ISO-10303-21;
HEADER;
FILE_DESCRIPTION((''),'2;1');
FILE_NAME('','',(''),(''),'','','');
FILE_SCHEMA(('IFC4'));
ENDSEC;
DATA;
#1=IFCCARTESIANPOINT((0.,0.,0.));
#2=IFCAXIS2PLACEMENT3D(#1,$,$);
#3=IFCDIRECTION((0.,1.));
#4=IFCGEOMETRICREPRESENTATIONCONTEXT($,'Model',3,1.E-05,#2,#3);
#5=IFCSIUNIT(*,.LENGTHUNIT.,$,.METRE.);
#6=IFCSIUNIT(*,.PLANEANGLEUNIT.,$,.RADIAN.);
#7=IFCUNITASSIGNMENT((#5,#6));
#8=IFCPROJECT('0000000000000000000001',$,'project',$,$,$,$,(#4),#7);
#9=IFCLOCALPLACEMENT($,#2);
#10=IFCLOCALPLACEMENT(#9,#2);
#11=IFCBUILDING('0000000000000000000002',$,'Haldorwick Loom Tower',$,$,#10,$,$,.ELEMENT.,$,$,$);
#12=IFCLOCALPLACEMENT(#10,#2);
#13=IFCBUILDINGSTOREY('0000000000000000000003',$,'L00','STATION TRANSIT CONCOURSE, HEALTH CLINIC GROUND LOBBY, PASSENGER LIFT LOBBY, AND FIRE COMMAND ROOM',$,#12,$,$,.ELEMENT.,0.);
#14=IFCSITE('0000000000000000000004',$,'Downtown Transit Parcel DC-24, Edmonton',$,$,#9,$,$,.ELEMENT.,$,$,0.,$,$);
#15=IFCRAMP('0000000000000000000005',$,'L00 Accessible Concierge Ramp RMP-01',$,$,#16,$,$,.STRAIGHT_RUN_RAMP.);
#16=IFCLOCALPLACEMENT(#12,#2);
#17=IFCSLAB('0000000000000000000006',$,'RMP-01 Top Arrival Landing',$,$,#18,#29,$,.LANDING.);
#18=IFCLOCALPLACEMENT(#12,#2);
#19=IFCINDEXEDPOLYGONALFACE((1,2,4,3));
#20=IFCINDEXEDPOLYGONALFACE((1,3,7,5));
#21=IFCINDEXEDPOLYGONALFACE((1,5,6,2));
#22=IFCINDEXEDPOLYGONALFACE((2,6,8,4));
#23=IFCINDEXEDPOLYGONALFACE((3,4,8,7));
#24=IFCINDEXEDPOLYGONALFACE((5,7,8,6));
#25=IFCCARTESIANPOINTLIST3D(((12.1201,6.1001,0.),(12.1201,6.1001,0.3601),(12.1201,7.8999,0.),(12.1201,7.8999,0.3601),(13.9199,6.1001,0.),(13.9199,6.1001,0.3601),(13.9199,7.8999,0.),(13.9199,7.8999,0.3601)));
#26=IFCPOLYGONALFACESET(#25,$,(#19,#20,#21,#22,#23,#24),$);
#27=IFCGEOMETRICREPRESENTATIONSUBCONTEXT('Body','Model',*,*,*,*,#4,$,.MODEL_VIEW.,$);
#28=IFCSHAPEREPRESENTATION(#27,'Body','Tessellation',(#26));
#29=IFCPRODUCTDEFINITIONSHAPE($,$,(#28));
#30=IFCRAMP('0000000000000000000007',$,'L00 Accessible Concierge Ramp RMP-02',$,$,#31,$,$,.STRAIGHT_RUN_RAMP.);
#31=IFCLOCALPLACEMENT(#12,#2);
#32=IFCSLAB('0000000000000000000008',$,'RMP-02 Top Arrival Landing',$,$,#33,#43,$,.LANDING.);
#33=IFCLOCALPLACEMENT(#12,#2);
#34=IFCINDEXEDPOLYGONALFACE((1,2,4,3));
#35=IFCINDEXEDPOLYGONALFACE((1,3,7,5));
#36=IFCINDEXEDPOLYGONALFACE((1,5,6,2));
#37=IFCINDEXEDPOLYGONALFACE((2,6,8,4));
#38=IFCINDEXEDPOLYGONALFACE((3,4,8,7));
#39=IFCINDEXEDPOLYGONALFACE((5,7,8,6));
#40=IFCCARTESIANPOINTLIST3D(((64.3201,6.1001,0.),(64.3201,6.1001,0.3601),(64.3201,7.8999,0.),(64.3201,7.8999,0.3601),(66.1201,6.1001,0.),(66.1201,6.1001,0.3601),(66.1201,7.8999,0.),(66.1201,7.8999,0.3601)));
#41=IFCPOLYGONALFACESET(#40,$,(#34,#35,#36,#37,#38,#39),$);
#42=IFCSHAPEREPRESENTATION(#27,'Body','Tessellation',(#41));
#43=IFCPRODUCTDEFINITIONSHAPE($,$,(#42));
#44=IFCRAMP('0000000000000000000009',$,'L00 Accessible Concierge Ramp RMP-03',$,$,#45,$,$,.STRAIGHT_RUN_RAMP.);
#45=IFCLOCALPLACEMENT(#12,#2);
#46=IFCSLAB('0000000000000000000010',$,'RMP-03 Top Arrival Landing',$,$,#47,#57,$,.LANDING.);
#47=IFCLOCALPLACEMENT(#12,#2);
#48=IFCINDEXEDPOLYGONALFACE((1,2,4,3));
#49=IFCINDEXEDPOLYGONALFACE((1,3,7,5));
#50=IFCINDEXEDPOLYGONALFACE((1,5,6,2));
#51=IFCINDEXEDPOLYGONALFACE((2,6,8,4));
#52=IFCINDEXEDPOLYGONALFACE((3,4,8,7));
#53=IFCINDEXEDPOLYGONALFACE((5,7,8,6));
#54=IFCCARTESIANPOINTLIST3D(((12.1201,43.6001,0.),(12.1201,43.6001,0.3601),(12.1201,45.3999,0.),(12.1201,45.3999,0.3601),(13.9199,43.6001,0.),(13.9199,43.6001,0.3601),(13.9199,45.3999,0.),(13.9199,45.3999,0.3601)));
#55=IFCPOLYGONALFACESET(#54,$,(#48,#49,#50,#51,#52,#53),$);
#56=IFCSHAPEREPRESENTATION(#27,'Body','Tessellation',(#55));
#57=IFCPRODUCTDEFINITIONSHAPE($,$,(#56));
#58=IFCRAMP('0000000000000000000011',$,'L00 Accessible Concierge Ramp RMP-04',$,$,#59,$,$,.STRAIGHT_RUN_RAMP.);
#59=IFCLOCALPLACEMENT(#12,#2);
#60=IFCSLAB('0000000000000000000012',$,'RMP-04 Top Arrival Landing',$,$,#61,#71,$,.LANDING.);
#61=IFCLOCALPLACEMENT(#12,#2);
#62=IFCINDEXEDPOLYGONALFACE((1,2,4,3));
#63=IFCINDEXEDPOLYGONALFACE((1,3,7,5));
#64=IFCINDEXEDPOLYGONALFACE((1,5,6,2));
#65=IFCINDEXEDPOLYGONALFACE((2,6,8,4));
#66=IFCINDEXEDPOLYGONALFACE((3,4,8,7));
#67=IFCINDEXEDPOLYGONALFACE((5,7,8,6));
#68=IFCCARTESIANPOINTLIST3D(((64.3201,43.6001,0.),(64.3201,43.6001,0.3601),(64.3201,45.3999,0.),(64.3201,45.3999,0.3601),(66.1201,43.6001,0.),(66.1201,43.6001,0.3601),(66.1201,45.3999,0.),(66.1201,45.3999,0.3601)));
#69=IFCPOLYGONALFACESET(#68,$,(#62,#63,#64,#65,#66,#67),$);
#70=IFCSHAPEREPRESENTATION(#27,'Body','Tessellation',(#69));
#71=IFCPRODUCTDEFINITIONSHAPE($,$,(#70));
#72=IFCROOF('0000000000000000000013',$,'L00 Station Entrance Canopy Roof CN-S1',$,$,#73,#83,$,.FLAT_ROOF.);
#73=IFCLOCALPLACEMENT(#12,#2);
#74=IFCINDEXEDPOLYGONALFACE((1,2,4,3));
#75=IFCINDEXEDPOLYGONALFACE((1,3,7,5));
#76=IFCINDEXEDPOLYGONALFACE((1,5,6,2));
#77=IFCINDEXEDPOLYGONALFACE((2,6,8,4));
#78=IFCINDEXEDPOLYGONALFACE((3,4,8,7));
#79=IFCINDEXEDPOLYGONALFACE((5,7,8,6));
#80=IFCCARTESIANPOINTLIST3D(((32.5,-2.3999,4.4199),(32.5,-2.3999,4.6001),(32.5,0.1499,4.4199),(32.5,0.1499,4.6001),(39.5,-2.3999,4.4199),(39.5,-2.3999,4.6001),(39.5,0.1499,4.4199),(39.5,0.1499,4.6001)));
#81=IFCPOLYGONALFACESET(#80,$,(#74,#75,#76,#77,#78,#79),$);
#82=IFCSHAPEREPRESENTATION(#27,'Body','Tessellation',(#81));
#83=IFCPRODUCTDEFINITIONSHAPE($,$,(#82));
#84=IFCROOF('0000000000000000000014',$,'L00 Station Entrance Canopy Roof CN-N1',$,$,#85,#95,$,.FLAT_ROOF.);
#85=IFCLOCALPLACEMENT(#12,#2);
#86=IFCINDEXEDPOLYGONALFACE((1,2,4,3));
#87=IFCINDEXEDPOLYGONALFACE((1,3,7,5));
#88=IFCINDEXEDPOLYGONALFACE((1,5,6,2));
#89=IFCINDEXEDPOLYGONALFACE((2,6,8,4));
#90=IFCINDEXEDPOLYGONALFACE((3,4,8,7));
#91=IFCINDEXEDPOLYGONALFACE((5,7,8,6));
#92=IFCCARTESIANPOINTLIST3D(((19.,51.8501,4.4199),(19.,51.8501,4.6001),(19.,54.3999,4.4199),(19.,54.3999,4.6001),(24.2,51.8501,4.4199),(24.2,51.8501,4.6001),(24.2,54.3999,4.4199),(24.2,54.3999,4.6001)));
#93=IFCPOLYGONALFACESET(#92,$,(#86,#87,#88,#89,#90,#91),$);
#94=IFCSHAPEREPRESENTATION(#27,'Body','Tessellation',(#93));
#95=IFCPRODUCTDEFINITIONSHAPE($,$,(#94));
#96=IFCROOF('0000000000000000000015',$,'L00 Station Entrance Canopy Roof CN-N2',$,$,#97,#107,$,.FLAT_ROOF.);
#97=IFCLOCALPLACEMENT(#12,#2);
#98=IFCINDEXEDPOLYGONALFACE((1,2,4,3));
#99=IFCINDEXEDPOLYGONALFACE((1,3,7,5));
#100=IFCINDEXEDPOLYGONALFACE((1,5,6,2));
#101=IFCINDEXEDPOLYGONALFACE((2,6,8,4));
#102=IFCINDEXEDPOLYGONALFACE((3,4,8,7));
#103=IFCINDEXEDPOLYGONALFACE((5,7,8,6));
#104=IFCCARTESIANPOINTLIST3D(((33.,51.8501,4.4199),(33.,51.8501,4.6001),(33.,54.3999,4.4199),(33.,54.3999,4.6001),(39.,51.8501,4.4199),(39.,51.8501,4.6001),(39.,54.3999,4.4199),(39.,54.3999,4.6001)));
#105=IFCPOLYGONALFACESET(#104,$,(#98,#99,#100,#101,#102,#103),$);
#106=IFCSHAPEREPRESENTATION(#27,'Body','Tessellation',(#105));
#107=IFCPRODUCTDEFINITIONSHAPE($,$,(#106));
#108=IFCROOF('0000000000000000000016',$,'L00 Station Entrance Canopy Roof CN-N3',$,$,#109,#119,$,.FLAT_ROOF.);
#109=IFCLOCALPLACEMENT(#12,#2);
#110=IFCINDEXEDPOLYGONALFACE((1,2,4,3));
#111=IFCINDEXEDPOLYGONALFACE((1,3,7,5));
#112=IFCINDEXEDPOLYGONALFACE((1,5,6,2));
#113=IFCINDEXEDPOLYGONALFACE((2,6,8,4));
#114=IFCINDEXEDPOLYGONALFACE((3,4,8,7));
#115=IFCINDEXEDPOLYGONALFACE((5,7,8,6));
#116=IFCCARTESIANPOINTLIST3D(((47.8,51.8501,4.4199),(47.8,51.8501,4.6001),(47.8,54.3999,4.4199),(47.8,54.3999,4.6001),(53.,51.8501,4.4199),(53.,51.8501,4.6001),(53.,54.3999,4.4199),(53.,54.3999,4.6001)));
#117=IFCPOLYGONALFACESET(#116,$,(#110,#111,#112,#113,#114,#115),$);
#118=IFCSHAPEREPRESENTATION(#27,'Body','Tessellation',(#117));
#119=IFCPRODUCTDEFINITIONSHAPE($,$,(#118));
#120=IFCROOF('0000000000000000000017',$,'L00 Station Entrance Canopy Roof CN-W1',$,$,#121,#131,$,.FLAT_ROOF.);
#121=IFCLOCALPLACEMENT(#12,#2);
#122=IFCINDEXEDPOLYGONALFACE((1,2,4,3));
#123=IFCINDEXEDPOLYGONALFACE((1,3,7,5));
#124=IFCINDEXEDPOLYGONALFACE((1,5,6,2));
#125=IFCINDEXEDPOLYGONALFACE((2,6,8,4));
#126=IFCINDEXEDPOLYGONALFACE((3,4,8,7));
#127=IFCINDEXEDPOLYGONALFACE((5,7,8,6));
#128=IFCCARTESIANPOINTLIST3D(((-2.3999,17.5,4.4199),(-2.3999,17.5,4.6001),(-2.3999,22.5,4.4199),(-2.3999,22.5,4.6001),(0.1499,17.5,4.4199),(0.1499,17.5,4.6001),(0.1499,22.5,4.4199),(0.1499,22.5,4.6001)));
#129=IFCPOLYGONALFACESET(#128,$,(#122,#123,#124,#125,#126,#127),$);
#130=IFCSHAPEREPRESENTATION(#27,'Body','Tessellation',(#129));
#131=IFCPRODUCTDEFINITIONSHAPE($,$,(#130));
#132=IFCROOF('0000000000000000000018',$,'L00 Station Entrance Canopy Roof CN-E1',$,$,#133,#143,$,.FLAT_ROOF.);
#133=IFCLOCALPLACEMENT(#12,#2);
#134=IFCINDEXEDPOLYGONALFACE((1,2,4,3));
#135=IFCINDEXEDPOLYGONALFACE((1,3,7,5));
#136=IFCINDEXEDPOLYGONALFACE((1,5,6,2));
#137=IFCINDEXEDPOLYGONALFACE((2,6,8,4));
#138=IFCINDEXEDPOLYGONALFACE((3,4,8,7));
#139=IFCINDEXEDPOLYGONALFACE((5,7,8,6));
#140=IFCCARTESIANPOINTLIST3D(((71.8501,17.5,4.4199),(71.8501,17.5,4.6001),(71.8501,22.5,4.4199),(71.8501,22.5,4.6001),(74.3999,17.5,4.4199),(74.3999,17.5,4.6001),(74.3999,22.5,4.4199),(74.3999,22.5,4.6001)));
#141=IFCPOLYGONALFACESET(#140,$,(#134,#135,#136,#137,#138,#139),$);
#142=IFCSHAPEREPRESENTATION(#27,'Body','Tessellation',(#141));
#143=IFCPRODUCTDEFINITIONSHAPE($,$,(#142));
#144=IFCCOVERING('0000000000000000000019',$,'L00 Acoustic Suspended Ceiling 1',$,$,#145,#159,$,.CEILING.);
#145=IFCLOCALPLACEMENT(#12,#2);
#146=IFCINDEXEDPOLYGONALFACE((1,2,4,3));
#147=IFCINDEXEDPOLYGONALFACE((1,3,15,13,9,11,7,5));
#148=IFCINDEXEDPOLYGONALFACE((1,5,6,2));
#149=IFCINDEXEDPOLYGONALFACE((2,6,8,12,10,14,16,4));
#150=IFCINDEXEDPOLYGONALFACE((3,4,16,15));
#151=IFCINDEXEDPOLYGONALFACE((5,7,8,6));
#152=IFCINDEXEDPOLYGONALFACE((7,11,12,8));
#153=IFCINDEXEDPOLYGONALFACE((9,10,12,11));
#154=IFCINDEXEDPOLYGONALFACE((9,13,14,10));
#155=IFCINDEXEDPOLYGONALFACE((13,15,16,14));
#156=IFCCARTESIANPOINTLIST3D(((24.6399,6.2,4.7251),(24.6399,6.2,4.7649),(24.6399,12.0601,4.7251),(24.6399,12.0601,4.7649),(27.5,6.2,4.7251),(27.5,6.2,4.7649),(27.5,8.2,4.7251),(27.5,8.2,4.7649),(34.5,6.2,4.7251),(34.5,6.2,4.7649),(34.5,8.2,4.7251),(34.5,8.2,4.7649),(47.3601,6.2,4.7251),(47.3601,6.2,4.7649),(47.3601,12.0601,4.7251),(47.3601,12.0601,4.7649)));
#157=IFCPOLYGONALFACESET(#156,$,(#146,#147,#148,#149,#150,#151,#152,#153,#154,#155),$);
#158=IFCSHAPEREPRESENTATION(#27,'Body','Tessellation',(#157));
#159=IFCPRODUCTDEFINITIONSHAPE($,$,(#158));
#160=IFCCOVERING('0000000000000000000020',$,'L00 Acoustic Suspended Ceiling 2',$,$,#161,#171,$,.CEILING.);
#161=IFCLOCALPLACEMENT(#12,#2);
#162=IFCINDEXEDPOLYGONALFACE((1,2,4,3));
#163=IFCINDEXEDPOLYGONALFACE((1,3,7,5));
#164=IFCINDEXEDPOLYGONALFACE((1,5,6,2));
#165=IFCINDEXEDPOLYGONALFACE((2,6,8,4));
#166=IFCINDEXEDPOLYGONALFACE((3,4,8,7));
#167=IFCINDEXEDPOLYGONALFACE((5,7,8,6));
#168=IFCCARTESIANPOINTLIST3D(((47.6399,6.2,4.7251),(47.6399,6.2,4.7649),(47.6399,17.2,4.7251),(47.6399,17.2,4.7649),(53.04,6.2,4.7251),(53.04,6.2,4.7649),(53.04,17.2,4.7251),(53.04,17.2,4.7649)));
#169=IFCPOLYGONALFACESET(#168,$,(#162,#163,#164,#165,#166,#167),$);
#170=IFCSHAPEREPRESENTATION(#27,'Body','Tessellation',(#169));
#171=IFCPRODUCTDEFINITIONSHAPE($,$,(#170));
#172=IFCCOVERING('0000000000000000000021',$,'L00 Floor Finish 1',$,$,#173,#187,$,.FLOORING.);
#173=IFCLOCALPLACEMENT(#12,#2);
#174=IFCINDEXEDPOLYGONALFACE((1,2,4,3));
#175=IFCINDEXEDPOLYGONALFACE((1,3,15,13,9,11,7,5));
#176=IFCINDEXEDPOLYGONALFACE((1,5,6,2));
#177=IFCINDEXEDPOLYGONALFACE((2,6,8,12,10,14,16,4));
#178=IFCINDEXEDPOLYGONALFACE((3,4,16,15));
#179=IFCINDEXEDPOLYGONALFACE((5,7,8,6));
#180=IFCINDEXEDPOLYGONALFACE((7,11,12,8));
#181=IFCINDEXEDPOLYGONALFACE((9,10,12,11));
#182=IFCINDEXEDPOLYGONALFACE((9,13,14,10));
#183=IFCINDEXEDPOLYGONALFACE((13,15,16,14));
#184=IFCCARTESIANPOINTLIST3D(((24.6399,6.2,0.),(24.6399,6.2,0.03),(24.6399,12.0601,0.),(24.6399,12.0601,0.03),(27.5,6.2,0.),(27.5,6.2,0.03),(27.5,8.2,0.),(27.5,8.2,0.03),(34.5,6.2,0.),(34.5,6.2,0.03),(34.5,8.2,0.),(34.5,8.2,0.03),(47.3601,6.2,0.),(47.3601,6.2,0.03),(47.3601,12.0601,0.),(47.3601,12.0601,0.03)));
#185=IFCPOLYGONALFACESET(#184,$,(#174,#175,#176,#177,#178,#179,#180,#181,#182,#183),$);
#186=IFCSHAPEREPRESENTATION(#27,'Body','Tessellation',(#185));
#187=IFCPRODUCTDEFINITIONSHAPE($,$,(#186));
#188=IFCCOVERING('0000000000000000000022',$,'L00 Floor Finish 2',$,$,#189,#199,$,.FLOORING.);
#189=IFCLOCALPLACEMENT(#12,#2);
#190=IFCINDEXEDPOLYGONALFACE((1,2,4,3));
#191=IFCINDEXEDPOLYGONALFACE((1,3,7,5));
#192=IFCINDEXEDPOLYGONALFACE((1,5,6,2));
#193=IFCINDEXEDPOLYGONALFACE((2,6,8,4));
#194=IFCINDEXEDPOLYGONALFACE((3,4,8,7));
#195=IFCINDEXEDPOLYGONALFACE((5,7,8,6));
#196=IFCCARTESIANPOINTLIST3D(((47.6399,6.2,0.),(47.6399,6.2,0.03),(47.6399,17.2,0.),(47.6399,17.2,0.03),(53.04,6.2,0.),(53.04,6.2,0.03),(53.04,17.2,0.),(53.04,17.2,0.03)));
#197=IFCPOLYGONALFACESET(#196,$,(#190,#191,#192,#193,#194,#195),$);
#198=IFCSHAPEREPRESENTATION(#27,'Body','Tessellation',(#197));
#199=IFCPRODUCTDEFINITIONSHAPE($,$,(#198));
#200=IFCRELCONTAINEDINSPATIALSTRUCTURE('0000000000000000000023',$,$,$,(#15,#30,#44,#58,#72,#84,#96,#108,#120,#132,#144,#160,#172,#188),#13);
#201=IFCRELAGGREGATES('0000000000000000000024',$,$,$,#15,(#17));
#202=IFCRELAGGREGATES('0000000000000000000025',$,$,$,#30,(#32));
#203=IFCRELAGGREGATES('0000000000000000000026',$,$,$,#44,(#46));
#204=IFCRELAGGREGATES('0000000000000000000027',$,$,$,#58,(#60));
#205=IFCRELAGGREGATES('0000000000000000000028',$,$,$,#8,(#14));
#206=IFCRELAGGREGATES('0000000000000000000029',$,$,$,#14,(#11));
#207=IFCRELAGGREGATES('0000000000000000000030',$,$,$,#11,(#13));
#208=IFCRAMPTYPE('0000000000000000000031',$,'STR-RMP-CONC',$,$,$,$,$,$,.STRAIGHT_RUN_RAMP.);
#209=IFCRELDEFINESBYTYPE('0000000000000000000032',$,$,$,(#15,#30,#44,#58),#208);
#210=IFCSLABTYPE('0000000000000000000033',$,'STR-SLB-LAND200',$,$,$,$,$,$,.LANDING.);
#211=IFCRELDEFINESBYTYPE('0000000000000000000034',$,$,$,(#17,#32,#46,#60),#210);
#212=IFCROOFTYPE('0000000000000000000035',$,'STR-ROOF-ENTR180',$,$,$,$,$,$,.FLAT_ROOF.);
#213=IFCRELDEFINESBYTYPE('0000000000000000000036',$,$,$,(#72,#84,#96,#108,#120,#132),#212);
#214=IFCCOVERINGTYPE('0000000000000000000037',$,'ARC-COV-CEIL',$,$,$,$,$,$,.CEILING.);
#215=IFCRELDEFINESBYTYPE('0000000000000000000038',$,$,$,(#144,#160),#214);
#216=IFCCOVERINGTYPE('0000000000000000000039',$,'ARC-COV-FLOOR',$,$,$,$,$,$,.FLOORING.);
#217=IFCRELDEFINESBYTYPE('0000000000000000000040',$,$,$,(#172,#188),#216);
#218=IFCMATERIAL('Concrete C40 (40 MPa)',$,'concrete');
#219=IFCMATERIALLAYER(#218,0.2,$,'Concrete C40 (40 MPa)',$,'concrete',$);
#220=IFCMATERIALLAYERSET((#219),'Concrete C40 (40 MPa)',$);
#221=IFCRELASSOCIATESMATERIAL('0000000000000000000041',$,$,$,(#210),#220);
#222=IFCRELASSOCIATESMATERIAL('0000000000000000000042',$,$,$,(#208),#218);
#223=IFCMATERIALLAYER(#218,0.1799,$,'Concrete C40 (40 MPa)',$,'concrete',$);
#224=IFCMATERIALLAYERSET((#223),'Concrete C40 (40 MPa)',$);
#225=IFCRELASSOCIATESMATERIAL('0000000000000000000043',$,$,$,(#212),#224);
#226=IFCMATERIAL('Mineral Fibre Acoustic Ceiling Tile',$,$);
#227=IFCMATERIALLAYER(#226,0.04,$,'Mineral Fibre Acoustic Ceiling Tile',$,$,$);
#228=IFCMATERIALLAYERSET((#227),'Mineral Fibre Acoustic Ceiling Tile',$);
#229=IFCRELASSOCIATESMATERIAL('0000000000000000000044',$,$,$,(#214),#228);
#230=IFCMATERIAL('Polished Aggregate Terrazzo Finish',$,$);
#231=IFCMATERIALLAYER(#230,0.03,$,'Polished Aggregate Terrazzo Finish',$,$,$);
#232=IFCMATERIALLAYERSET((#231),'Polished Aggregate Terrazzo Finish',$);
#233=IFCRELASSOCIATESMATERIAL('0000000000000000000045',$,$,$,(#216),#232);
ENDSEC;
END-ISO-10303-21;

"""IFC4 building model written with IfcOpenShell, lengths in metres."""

from ifc_helpers import new_model, si_unit, direction, frame, origin, place, context, subcontext, project, spatial, polyline, outline, extrude, material, layer, layer_set, type_object, element, aggregate, save


model = new_model("IFC4")

# Units and contexts
model_context = context("Model", 3, precision=1e-05, world=origin(), true_north=direction((0.0, 1.0)))
body_context = subcontext(model_context, "Body", "Model", "MODEL_VIEW")
ifc_project = project(units=[si_unit("LENGTHUNIT", "METRE"), si_unit("PLANEANGLEUNIT", "RADIAN")], contexts=[model_context])

# Site, building, storey
site_placement = place(None, origin())
site = spatial("IfcSite", under=ifc_project, at=site_placement, Name="Downtown Transit Parcel DC-24, Edmonton", CompositionType="ELEMENT", RefElevation=0.0)
building_placement = place(site_placement, origin())
building = spatial("IfcBuilding", under=site, at=building_placement, Name="Haldorwick Loom Tower", CompositionType="ELEMENT")
storey_placement = place(building_placement, origin())
storey = spatial("IfcBuildingStorey", under=building, at=storey_placement, Name="L00", Description="STATION TRANSIT CONCOURSE, HEALTH CLINIC GROUND LOBBY, PASSENGER LIFT LOBBY, AND FIRE COMMAND ROOM", CompositionType="ELEMENT", Elevation=0.0)

# Shared definitions
ifc_material_1 = material(Name="Concrete C40 (40 MPa)", Category="concrete")

# Shared definitions
ifc_layer_1 = layer(ifc_material_1, 0.2, Name="Concrete C40 (40 MPa)", Category="concrete")
ifc_layer_set_1 = layer_set([ifc_layer_1], Name="Concrete C40 (40 MPa)")
slab_type_1 = type_object("IfcSlabType", Name="STR-SLB-LAND200", PredefinedType="LANDING", material=ifc_layer_set_1)

# Ramps, slabs
ramp_type = type_object("IfcRampType", Name="STR-RMP-CONC", PredefinedType="STRAIGHT_RUN_RAMP", material=ifc_material_1)
ramp_1_placement = place(storey_placement, origin())
ramp_1 = element("IfcRamp", 1, at=ramp_1_placement, inside=storey, type_object=ramp_type, Name="L00 Accessible Concierge Ramp RMP-01", PredefinedType="STRAIGHT_RUN_RAMP")
slab_1_placement = place(storey_placement, origin())
slab_1 = element("IfcSlab", 2, at=slab_1_placement, type_object=slab_type_1, Name="RMP-01 Top Arrival Landing", PredefinedType="LANDING", context=body_context, shape_type="SweptSolid", body=[
    extrude(outline(polyline([(12.1201, 6.1001), (13.9199, 6.1001), (13.9199, 7.8999), (12.1201, 7.8999), (12.1201, 6.1001)])), origin(), (0.0, 0.0, 1.0), 0.3601),
])
aggregate(ramp_1, [slab_1])
ramp_2_placement = place(storey_placement, origin())
ramp_2 = element("IfcRamp", 3, at=ramp_2_placement, inside=storey, type_object=ramp_type, Name="L00 Accessible Concierge Ramp RMP-02", PredefinedType="STRAIGHT_RUN_RAMP")
slab_2_placement = place(storey_placement, origin())
slab_2 = element("IfcSlab", 4, at=slab_2_placement, type_object=slab_type_1, Name="RMP-02 Top Arrival Landing", PredefinedType="LANDING", context=body_context, shape_type="SweptSolid", body=[
    extrude(outline(polyline([(64.3201, 6.1001), (66.1201, 6.1001), (66.1201, 7.8999), (64.3201, 7.8999), (64.3201, 6.1001)])), origin(), (0.0, 0.0, 1.0), 0.3601),
])
aggregate(ramp_2, [slab_2])
ramp_3_placement = place(storey_placement, origin())
ramp_3 = element("IfcRamp", 5, at=ramp_3_placement, inside=storey, type_object=ramp_type, Name="L00 Accessible Concierge Ramp RMP-03", PredefinedType="STRAIGHT_RUN_RAMP")
slab_3_placement = place(storey_placement, origin())
slab_3 = element("IfcSlab", 6, at=slab_3_placement, type_object=slab_type_1, Name="RMP-03 Top Arrival Landing", PredefinedType="LANDING", context=body_context, shape_type="SweptSolid", body=[
    extrude(outline(polyline([(12.1201, 43.6001), (13.9199, 43.6001), (13.9199, 45.3999), (12.1201, 45.3999), (12.1201, 43.6001)])), origin(), (0.0, 0.0, 1.0), 0.3601),
])
aggregate(ramp_3, [slab_3])
ramp_4_placement = place(storey_placement, origin())
ramp_4 = element("IfcRamp", 7, at=ramp_4_placement, inside=storey, type_object=ramp_type, Name="L00 Accessible Concierge Ramp RMP-04", PredefinedType="STRAIGHT_RUN_RAMP")
slab_4_placement = place(storey_placement, origin())
slab_4 = element("IfcSlab", 8, at=slab_4_placement, type_object=slab_type_1, Name="RMP-04 Top Arrival Landing", PredefinedType="LANDING", context=body_context, shape_type="SweptSolid", body=[
    extrude(outline(polyline([(64.3201, 43.6001), (66.1201, 43.6001), (66.1201, 45.3999), (64.3201, 45.3999), (64.3201, 43.6001)])), origin(), (0.0, 0.0, 1.0), 0.3601),
])
aggregate(ramp_4, [slab_4])

# Roofs
ifc_layer_2 = layer(ifc_material_1, 0.1799, Name="Concrete C40 (40 MPa)", Category="concrete")
ifc_layer_set_2 = layer_set([ifc_layer_2], Name="Concrete C40 (40 MPa)")
roof_type = type_object("IfcRoofType", Name="STR-ROOF-ENTR180", PredefinedType="FLAT_ROOF", material=ifc_layer_set_2)
roof_1_placement = place(storey_placement, frame((0.0, 0.0, 4.4199)))
element("IfcRoof", 9, at=roof_1_placement, inside=storey, type_object=roof_type, Name="L00 Station Entrance Canopy Roof CN-S1", PredefinedType="FLAT_ROOF", context=body_context, shape_type="SweptSolid", body=[
    extrude(outline(polyline([(32.5, -2.3999), (39.5, -2.3999), (39.5, 0.1499), (32.5, 0.1499), (32.5, -2.3999)])), origin(), (0.0, 0.0, 1.0), 0.1802),
])
roof_2_placement = place(storey_placement, frame((0.0, 0.0, 4.4199)))
element("IfcRoof", 10, at=roof_2_placement, inside=storey, type_object=roof_type, Name="L00 Station Entrance Canopy Roof CN-N1", PredefinedType="FLAT_ROOF", context=body_context, shape_type="SweptSolid", body=[
    extrude(outline(polyline([(19.0, 51.8501), (24.2, 51.8501), (24.2, 54.3999), (19.0, 54.3999), (19.0, 51.8501)])), origin(), (0.0, 0.0, 1.0), 0.1802),
])
roof_3_placement = place(storey_placement, frame((0.0, 0.0, 4.4199)))
element("IfcRoof", 11, at=roof_3_placement, inside=storey, type_object=roof_type, Name="L00 Station Entrance Canopy Roof CN-N2", PredefinedType="FLAT_ROOF", context=body_context, shape_type="SweptSolid", body=[
    extrude(outline(polyline([(33.0, 51.8501), (39.0, 51.8501), (39.0, 54.3999), (33.0, 54.3999), (33.0, 51.8501)])), origin(), (0.0, 0.0, 1.0), 0.1802),
])
roof_4_placement = place(storey_placement, frame((0.0, 0.0, 4.4199)))
element("IfcRoof", 12, at=roof_4_placement, inside=storey, type_object=roof_type, Name="L00 Station Entrance Canopy Roof CN-N3", PredefinedType="FLAT_ROOF", context=body_context, shape_type="SweptSolid", body=[
    extrude(outline(polyline([(47.8, 51.8501), (53.0, 51.8501), (53.0, 54.3999), (47.8, 54.3999), (47.8, 51.8501)])), origin(), (0.0, 0.0, 1.0), 0.1802),
])
roof_5_placement = place(storey_placement, frame((0.0, 0.0, 4.4199)))
element("IfcRoof", 13, at=roof_5_placement, inside=storey, type_object=roof_type, Name="L00 Station Entrance Canopy Roof CN-W1", PredefinedType="FLAT_ROOF", context=body_context, shape_type="SweptSolid", body=[
    extrude(outline(polyline([(-2.3999, 17.5), (0.1499, 17.5), (0.1499, 22.5), (-2.3999, 22.5), (-2.3999, 17.5)])), origin(), (0.0, 0.0, 1.0), 0.1802),
])
roof_6_placement = place(storey_placement, frame((0.0, 0.0, 4.4199)))
element("IfcRoof", 14, at=roof_6_placement, inside=storey, type_object=roof_type, Name="L00 Station Entrance Canopy Roof CN-E1", PredefinedType="FLAT_ROOF", context=body_context, shape_type="SweptSolid", body=[
    extrude(outline(polyline([(71.8501, 17.5), (74.3999, 17.5), (74.3999, 22.5), (71.8501, 22.5), (71.8501, 17.5)])), origin(), (0.0, 0.0, 1.0), 0.1802),
])

# Coverings
ifc_material_2 = material(Name="Mineral Fibre Acoustic Ceiling Tile")
ifc_layer_3 = layer(ifc_material_2, 0.04, Name="Mineral Fibre Acoustic Ceiling Tile")
ifc_layer_set_3 = layer_set([ifc_layer_3], Name="Mineral Fibre Acoustic Ceiling Tile")
covering_type_1 = type_object("IfcCoveringType", Name="ARC-COV-CEIL", PredefinedType="CEILING", material=ifc_layer_set_3)
covering_1_placement = place(storey_placement, frame((0.0, 0.0, 4.7251)))
element("IfcCovering", 15, at=covering_1_placement, inside=storey, type_object=covering_type_1, Name="L00 Acoustic Suspended Ceiling 1", PredefinedType="CEILING", context=body_context, shape_type="SweptSolid", body=[
    extrude(outline(polyline([(24.6399, 6.2), (27.5, 6.2), (27.5, 8.2), (34.5, 8.2), (34.5, 6.2), (47.3601, 6.2), (47.3601, 12.0601), (24.6399, 12.0601), (24.6399, 6.2)])), origin(), (0.0, 0.0, 1.0), 0.0398),
])
covering_2_placement = place(storey_placement, frame((0.0, 0.0, 4.7251)))
element("IfcCovering", 16, at=covering_2_placement, inside=storey, type_object=covering_type_1, Name="L00 Acoustic Suspended Ceiling 2", PredefinedType="CEILING", context=body_context, shape_type="SweptSolid", body=[
    extrude(outline(polyline([(47.6399, 6.2), (53.04, 6.2), (53.04, 17.2), (47.6399, 17.2), (47.6399, 6.2)])), origin(), (0.0, 0.0, 1.0), 0.0398),
])
ifc_material_3 = material(Name="Polished Aggregate Terrazzo Finish")
ifc_layer_4 = layer(ifc_material_3, 0.03, Name="Polished Aggregate Terrazzo Finish")
ifc_layer_set_4 = layer_set([ifc_layer_4], Name="Polished Aggregate Terrazzo Finish")
covering_type_2 = type_object("IfcCoveringType", Name="ARC-COV-FLOOR", PredefinedType="FLOORING", material=ifc_layer_set_4)
covering_3_placement = place(storey_placement, origin())
element("IfcCovering", 17, at=covering_3_placement, inside=storey, type_object=covering_type_2, Name="L00 Floor Finish 1", PredefinedType="FLOORING", context=body_context, shape_type="SweptSolid", body=[
    extrude(outline(polyline([(24.6399, 6.2), (27.5, 6.2), (27.5, 8.2), (34.5, 8.2), (34.5, 6.2), (47.3601, 6.2), (47.3601, 12.0601), (24.6399, 12.0601), (24.6399, 6.2)])), origin(), (0.0, 0.0, 1.0), 0.03),
])
covering_4_placement = place(storey_placement, origin())
element("IfcCovering", 18, at=covering_4_placement, inside=storey, type_object=covering_type_2, Name="L00 Floor Finish 2", PredefinedType="FLOORING", context=body_context, shape_type="SweptSolid", body=[
    extrude(outline(polyline([(47.6399, 6.2), (53.04, 6.2), (53.04, 17.2), (47.6399, 17.2), (47.6399, 6.2)])), origin(), (0.0, 0.0, 1.0), 0.03),
])

save(model, "model.ifc")
